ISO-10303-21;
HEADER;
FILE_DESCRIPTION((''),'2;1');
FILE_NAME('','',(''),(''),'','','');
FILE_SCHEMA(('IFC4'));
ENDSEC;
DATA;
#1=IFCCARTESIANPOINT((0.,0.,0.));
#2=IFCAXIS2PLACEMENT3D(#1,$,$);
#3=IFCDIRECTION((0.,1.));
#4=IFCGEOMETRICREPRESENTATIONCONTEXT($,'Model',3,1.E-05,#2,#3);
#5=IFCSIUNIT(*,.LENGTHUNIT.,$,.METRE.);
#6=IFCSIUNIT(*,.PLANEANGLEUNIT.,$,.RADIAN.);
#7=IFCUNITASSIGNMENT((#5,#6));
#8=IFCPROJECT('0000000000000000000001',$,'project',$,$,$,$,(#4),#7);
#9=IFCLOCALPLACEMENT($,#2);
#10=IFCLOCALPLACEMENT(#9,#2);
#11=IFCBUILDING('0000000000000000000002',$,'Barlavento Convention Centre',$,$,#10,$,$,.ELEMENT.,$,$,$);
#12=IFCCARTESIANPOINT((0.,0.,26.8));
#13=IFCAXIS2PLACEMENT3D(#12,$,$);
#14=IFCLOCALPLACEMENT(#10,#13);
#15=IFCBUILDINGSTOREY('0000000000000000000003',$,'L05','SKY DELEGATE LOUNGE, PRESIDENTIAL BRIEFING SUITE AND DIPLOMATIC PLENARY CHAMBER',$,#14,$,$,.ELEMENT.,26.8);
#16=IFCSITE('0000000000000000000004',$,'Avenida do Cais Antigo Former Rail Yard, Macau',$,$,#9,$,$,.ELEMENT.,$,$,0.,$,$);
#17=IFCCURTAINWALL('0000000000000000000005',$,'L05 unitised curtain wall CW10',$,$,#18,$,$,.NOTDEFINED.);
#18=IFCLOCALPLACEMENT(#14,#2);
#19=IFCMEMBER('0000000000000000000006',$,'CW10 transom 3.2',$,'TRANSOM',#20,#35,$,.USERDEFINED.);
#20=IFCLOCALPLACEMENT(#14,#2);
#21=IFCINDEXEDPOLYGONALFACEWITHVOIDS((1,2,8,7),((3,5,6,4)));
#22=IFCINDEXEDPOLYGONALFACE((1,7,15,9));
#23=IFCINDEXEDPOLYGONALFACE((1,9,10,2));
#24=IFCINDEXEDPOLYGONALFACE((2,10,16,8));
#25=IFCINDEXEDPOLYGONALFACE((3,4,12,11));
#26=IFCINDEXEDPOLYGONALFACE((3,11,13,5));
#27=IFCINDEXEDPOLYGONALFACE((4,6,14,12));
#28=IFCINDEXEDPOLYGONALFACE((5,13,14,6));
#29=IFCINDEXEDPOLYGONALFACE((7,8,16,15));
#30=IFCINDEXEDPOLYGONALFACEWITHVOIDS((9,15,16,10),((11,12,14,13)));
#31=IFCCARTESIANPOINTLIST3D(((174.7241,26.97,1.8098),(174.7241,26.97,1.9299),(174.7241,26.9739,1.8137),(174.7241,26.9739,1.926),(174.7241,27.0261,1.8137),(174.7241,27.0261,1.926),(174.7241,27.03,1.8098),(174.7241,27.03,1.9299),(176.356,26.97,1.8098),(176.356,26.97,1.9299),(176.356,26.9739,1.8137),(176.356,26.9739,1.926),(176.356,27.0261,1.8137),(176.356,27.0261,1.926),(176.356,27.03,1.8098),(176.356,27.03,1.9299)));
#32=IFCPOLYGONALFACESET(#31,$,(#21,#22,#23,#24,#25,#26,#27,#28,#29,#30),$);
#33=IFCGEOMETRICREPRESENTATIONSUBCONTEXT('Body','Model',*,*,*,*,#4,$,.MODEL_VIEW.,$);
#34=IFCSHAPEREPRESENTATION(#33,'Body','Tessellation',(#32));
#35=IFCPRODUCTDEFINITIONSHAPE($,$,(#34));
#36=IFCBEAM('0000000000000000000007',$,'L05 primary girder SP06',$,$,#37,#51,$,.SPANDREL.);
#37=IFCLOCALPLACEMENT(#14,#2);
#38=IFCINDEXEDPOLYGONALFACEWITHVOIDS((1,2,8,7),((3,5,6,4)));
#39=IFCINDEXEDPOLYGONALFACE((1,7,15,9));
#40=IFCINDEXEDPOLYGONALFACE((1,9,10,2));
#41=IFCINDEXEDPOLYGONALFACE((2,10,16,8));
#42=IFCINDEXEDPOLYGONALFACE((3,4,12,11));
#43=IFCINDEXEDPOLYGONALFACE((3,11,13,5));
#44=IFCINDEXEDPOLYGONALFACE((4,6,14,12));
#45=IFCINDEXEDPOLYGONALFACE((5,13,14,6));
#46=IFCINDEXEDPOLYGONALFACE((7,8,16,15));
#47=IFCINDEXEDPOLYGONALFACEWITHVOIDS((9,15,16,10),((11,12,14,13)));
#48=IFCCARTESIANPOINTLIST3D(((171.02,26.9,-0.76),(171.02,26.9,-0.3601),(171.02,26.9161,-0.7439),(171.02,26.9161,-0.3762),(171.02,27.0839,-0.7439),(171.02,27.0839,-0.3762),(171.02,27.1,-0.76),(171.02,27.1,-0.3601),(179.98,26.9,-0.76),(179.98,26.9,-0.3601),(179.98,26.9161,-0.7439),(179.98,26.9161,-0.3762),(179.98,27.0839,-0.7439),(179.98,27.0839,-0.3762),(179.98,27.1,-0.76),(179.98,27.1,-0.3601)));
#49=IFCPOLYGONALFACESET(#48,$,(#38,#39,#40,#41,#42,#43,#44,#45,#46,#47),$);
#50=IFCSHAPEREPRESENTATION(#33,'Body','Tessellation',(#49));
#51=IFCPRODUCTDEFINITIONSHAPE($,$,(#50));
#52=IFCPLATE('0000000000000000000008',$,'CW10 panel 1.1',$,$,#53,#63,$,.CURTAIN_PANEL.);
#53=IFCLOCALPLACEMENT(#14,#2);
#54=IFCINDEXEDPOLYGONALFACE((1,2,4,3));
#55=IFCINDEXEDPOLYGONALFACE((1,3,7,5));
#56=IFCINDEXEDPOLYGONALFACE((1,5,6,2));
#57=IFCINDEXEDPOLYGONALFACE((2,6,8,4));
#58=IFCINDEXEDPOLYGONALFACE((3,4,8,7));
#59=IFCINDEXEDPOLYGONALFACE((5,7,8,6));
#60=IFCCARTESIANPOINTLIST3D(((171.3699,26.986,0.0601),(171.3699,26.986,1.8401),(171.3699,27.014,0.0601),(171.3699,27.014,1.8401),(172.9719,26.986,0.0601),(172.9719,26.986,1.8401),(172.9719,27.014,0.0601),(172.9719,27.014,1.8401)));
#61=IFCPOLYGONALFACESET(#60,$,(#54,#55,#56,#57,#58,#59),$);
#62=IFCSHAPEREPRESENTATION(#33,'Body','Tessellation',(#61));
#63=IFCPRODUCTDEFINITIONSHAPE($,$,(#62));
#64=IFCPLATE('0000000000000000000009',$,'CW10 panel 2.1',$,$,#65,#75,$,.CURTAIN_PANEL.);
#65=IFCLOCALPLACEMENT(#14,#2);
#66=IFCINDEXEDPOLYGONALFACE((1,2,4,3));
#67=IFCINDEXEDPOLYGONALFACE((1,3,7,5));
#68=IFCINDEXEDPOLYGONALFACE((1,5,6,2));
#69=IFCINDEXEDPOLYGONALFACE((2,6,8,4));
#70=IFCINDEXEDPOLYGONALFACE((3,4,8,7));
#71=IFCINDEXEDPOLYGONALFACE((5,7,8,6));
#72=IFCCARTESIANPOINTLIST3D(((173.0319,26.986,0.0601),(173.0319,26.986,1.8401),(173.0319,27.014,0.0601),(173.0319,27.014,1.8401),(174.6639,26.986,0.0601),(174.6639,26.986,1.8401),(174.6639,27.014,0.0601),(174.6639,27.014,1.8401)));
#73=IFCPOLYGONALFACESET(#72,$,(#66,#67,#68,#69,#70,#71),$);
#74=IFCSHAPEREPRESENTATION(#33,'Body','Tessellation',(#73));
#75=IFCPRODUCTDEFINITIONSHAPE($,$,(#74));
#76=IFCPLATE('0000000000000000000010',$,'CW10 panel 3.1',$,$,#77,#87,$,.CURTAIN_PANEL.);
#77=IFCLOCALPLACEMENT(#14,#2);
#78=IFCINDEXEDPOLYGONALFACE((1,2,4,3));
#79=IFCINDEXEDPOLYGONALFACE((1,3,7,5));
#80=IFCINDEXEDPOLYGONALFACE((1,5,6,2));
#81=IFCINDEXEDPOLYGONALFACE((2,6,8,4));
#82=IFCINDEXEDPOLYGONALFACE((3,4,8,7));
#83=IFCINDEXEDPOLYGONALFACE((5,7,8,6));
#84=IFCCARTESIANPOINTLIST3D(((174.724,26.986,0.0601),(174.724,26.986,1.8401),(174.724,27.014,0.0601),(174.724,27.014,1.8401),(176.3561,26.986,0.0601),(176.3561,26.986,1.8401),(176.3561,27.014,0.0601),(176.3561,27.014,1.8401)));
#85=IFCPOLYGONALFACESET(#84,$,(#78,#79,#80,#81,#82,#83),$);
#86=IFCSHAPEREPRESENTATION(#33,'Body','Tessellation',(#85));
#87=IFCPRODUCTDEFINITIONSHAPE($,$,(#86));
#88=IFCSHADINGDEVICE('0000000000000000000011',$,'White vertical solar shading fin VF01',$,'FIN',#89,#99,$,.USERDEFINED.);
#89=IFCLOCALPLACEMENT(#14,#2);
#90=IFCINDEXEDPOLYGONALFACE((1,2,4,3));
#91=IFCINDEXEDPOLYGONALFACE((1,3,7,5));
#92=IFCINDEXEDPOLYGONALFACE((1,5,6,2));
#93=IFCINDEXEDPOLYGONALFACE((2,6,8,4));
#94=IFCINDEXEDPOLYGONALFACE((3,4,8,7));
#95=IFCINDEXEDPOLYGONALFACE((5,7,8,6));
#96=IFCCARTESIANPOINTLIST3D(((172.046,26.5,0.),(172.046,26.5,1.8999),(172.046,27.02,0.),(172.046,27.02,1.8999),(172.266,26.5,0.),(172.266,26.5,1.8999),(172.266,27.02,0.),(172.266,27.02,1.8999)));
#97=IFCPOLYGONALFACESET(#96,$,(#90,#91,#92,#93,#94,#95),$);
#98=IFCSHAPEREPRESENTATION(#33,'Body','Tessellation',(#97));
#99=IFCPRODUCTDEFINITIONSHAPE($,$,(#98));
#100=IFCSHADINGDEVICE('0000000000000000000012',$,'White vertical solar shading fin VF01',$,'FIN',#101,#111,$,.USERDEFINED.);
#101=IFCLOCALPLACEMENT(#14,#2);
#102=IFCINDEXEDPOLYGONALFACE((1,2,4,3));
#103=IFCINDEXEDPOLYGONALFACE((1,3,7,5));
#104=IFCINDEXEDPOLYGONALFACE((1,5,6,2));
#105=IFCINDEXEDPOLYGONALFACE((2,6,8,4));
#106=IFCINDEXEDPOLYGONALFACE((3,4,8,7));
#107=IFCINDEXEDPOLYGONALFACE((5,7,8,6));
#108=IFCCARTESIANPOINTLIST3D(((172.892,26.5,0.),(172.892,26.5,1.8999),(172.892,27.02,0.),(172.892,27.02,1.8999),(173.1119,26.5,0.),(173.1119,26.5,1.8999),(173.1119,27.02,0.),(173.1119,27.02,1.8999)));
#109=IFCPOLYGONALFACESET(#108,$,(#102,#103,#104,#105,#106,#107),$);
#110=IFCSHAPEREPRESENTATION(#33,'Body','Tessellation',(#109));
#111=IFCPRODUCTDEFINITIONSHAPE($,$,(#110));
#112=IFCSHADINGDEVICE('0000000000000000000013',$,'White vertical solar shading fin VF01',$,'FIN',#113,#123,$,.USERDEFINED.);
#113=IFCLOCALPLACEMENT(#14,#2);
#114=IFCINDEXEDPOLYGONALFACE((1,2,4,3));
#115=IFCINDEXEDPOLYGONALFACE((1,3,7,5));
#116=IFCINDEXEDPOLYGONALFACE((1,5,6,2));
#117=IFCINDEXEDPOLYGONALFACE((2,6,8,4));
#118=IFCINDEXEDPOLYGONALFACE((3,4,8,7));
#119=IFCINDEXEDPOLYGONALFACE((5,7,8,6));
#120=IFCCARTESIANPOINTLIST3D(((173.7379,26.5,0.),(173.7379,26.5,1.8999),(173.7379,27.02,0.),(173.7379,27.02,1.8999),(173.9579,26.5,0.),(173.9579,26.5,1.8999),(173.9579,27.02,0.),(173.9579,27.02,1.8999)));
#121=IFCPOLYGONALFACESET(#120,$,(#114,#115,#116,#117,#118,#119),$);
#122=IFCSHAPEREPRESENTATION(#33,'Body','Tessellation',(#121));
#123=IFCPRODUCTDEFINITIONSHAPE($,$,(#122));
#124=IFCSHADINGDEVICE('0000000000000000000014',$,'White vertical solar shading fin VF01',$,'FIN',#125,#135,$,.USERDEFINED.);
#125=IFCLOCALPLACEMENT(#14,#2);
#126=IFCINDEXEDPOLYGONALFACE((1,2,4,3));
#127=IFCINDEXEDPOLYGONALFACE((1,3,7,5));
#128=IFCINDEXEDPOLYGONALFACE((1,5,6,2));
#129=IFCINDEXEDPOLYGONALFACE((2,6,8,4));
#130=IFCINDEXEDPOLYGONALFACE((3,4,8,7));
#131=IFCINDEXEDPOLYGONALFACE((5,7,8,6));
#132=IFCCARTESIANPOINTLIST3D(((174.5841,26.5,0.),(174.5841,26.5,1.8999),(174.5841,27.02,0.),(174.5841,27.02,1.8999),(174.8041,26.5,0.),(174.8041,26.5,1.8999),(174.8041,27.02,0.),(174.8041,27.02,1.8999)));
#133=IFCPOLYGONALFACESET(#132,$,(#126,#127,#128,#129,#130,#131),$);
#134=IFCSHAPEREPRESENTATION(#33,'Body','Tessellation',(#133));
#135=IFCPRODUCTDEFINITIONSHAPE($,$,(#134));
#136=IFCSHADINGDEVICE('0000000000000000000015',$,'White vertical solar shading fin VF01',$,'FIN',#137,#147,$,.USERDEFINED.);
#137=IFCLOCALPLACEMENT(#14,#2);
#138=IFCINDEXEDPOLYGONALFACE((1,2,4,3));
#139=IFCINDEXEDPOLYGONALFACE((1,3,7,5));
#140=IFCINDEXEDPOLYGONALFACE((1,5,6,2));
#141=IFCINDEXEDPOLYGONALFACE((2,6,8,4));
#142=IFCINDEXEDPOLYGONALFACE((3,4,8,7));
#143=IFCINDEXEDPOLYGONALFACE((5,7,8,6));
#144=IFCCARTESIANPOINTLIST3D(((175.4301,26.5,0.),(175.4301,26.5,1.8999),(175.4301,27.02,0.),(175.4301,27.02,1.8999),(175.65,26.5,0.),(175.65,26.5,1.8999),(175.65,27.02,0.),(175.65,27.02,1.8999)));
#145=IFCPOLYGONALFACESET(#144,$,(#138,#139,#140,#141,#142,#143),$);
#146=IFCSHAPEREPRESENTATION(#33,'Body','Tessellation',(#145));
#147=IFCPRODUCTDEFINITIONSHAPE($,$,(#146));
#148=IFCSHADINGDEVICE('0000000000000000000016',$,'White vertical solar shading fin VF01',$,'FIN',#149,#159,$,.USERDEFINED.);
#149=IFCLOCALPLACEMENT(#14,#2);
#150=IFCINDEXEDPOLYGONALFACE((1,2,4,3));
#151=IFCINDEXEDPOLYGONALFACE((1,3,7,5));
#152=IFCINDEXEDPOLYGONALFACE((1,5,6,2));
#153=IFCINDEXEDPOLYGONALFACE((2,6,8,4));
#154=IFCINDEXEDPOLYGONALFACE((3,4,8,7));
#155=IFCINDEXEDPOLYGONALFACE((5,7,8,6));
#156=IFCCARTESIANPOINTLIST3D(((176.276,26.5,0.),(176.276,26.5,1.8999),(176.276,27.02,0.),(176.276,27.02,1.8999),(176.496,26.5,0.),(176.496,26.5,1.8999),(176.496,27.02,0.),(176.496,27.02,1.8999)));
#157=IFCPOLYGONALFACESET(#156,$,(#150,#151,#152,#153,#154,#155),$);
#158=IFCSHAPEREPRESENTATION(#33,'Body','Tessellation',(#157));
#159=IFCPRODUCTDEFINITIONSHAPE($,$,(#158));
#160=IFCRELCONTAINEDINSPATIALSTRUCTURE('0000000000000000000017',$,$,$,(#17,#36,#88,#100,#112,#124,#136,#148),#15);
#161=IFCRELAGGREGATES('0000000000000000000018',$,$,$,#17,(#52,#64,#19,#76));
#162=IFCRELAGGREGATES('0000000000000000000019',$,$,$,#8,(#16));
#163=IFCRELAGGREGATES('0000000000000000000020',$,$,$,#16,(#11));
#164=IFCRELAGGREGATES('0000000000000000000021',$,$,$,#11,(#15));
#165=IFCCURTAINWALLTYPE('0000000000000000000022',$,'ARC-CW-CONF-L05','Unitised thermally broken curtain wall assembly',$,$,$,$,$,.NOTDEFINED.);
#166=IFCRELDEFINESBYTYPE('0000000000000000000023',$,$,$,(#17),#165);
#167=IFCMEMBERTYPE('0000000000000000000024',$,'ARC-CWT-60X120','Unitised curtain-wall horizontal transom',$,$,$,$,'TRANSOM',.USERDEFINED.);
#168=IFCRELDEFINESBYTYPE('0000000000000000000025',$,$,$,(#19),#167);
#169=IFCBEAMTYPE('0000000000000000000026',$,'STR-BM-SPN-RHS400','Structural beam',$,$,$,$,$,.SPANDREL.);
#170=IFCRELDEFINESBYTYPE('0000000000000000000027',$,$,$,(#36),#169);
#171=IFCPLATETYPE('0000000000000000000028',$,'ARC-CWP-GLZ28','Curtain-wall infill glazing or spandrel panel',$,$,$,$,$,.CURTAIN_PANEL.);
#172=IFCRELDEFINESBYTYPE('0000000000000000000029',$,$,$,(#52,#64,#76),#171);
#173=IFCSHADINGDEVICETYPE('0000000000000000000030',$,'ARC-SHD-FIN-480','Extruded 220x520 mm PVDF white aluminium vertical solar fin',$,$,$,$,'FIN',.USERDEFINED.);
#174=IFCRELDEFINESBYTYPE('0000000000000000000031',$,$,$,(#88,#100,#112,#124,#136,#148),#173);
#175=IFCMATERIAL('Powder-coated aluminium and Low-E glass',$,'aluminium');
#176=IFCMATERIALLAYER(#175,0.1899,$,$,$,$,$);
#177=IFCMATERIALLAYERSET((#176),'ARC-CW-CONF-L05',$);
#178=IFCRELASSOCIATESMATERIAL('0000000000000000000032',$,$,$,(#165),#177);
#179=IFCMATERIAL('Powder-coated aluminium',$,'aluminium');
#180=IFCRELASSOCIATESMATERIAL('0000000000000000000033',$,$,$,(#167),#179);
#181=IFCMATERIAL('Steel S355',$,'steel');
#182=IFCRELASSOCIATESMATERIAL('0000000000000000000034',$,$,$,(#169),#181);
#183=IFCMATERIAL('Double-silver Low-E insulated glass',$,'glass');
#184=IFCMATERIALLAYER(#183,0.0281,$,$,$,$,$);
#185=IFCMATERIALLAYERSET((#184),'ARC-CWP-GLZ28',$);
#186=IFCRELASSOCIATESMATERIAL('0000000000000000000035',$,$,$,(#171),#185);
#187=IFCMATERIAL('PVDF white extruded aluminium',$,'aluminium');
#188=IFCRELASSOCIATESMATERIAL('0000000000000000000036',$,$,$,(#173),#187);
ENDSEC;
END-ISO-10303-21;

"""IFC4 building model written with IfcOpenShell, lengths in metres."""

from ifc_helpers import new_model, si_unit, direction, frame, origin, origin_2d, place, context, subcontext, project, spatial, rectangle, hollow_rectangle, extrude, material, layer, layer_set, material_profile, profile_set, type_object, element, aggregate, save


model = new_model("IFC4")

# Units and contexts
model_context = context("Model", 3, precision=1e-05, world=origin(), true_north=direction((0.0, 1.0)))
body_context = subcontext(model_context, "Body", "Model", "MODEL_VIEW")
ifc_project = project(units=[si_unit("LENGTHUNIT", "METRE"), si_unit("PLANEANGLEUNIT", "RADIAN")], contexts=[model_context])

# Site, building, storey
site_placement = place(None, origin())
site = spatial("IfcSite", under=ifc_project, at=site_placement, Name="Avenida do Cais Antigo Former Rail Yard, Macau", CompositionType="ELEMENT", RefElevation=0.0)
building_placement = place(site_placement, origin())
building = spatial("IfcBuilding", under=site, at=building_placement, Name="Barlavento Convention Centre", CompositionType="ELEMENT")
storey_placement = place(building_placement, frame((0.0, 0.0, 26.8)))
storey = spatial("IfcBuildingStorey", under=building, at=storey_placement, Name="L05", Description="SKY DELEGATE LOUNGE, PRESIDENTIAL BRIEFING SUITE AND DIPLOMATIC PLENARY CHAMBER", CompositionType="ELEMENT", Elevation=26.8)

# Shared definitions
ifc_material_1 = material(Name="Steel S355", Category="steel")

# Curtain wall, member
ifc_material_2 = material(Name="Powder-coated aluminium and Low-E glass", Category="aluminium")
ifc_layer_1 = layer(ifc_material_2, 0.1899)
ifc_layer_set_1 = layer_set([ifc_layer_1], Name="ARC-CW-CONF-L05")
curtain_wall_type = type_object("IfcCurtainWallType", Name="ARC-CW-CONF-L05", Description="Unitised thermally broken curtain wall assembly", PredefinedType="NOTDEFINED", material=ifc_layer_set_1)
curtain_wall_placement = place(storey_placement, origin())
curtain_wall = element("IfcCurtainWall", 1, at=curtain_wall_placement, inside=storey, type_object=curtain_wall_type, Name="L05 unitised curtain wall CW10", PredefinedType="NOTDEFINED")
ifc_material_3 = material(Name="Powder-coated aluminium", Category="aluminium")
ifc_material_profile_1 = material_profile(ifc_material_3, hollow_rectangle(XDim=0.0601, YDim=0.1201, WallThickness=0.0039, at=origin_2d()), Name="AL-TRAN 60x120x4")
ifc_profile_set_1 = profile_set([ifc_material_profile_1], Name="Powder-coated aluminium")
member_type_1 = type_object("IfcMemberType", Name="ARC-CWT-60X120", Description="Unitised curtain-wall horizontal transom", ElementType="TRANSOM", PredefinedType="USERDEFINED", material=ifc_profile_set_1)
member_1_placement = place(storey_placement, frame((174.7241, 27.0, 1.8699), z_axis=(1.0, 0.0, 0.0), x_axis=(0.0, 1.0, 0.0)))
member_1 = element("IfcMember", 2, at=member_1_placement, type_object=member_type_1, Name="CW10 transom 3.2", ObjectType="TRANSOM", PredefinedType="USERDEFINED", context=body_context, shape_type="SweptSolid", body=[
    extrude(hollow_rectangle(XDim=0.0601, YDim=0.1201, WallThickness=0.0039, at=origin_2d()), origin(), (0.0, 0.0, 1.0), 1.6318),
])

# Beam
ifc_material_profile_2 = material_profile(ifc_material_1, hollow_rectangle(XDim=0.2, YDim=0.3999, WallThickness=0.0161, at=origin_2d()), Name="RHS 400x200x16.0")
ifc_profile_set_2 = profile_set([ifc_material_profile_2], Name="Steel S355")
beam_type = type_object("IfcBeamType", Name="STR-BM-SPN-RHS400", Description="Structural beam", PredefinedType="SPANDREL", material=ifc_profile_set_2)
beam_placement = place(storey_placement, frame((171.02, 27.0, -0.5601), z_axis=(1.0, 0.0, 0.0), x_axis=(0.0, 1.0, 0.0)))
element("IfcBeam", 3, at=beam_placement, inside=storey, type_object=beam_type, Name="L05 primary girder SP06", PredefinedType="SPANDREL", context=body_context, shape_type="SweptSolid", body=[
    extrude(hollow_rectangle(XDim=0.2, YDim=0.3999, WallThickness=0.0161, at=origin_2d()), origin(), (0.0, 0.0, 1.0), 8.96),
])

# Plates
ifc_material_4 = material(Name="Double-silver Low-E insulated glass", Category="glass")
ifc_layer_2 = layer(ifc_material_4, 0.0281)
ifc_layer_set_2 = layer_set([ifc_layer_2], Name="ARC-CWP-GLZ28")
plate_type = type_object("IfcPlateType", Name="ARC-CWP-GLZ28", Description="Curtain-wall infill glazing or spandrel panel", PredefinedType="CURTAIN_PANEL", material=ifc_layer_set_2)
plate_1_placement = place(storey_placement, frame((172.1709, 27.0, 0.0601), z_axis=(0.0, 0.0, 1.0), x_axis=(1.0, 0.0, 0.0)))
plate_1 = element("IfcPlate", 4, at=plate_1_placement, type_object=plate_type, Name="CW10 panel 1.1", PredefinedType="CURTAIN_PANEL", context=body_context, shape_type="SweptSolid", body=[
    extrude(rectangle(XDim=1.6021, YDim=0.0281, at=origin_2d()), origin(), (0.0, 0.0, 1.0), 1.78),
])
plate_2_placement = place(storey_placement, frame((173.8479, 27.0, 0.0601), z_axis=(0.0, 0.0, 1.0), x_axis=(1.0, 0.0, 0.0)))
plate_2 = element("IfcPlate", 5, at=plate_2_placement, type_object=plate_type, Name="CW10 panel 2.1", PredefinedType="CURTAIN_PANEL", context=body_context, shape_type="SweptSolid", body=[
    extrude(rectangle(XDim=1.6321, YDim=0.0281, at=origin_2d()), origin(), (0.0, 0.0, 1.0), 1.78),
])
plate_3_placement = place(storey_placement, frame((175.54, 27.0, 0.0601), z_axis=(0.0, 0.0, 1.0), x_axis=(1.0, 0.0, 0.0)))
plate_3 = element("IfcPlate", 6, at=plate_3_placement, type_object=plate_type, Name="CW10 panel 3.1", PredefinedType="CURTAIN_PANEL", context=body_context, shape_type="SweptSolid", body=[
    extrude(rectangle(XDim=1.6321, YDim=0.0281, at=origin_2d()), origin(), (0.0, 0.0, 1.0), 1.78),
])
aggregate(curtain_wall, [plate_1, plate_2, member_1, plate_3])

# Shading devices
ifc_material_5 = material(Name="PVDF white extruded aluminium", Category="aluminium")
shading_device_type = type_object("IfcShadingDeviceType", Name="ARC-SHD-FIN-480", Description="Extruded 220x520 mm PVDF white aluminium vertical solar fin", ElementType="FIN", PredefinedType="USERDEFINED", material=ifc_material_5)
for number, where, z_axis, x_axis, name in (
    (7, (172.156, 26.76, 0.0), (0.0, 0.0, 1.0), (1.0, 0.0, 0.0), "White vertical solar shading fin VF01"),
    (8, (173.002, 26.76, 0.0), (0.0, 0.0, 1.0), (1.0, 0.0, 0.0), "White vertical solar shading fin VF01"),
    (9, (173.8479, 26.76, 0.0), (0.0, 0.0, 1.0), (1.0, 0.0, 0.0), "White vertical solar shading fin VF01"),
    (10, (174.6941, 26.76, 0.0), (0.0, 0.0, 1.0), (1.0, 0.0, 0.0), "White vertical solar shading fin VF01"),
    (11, (175.54, 26.76, 0.0), (0.0, 0.0, 1.0), (1.0, 0.0, 0.0), "White vertical solar shading fin VF01"),
    (12, (176.386, 26.76, 0.0), (0.0, 0.0, 1.0), (1.0, 0.0, 0.0), "White vertical solar shading fin VF01"),
):
    element("IfcShadingDevice", number, at=place(storey_placement, frame(where, z_axis=z_axis, x_axis=x_axis)), inside=storey, type_object=shading_device_type, Name=name, ObjectType="FIN", PredefinedType="USERDEFINED", context=body_context, shape_type="SweptSolid", body=[
        extrude(rectangle(XDim=0.22, YDim=0.52, at=origin_2d()), origin(), (0.0, 0.0, 1.0), 1.8999),
    ])

save(model, "model.ifc")
